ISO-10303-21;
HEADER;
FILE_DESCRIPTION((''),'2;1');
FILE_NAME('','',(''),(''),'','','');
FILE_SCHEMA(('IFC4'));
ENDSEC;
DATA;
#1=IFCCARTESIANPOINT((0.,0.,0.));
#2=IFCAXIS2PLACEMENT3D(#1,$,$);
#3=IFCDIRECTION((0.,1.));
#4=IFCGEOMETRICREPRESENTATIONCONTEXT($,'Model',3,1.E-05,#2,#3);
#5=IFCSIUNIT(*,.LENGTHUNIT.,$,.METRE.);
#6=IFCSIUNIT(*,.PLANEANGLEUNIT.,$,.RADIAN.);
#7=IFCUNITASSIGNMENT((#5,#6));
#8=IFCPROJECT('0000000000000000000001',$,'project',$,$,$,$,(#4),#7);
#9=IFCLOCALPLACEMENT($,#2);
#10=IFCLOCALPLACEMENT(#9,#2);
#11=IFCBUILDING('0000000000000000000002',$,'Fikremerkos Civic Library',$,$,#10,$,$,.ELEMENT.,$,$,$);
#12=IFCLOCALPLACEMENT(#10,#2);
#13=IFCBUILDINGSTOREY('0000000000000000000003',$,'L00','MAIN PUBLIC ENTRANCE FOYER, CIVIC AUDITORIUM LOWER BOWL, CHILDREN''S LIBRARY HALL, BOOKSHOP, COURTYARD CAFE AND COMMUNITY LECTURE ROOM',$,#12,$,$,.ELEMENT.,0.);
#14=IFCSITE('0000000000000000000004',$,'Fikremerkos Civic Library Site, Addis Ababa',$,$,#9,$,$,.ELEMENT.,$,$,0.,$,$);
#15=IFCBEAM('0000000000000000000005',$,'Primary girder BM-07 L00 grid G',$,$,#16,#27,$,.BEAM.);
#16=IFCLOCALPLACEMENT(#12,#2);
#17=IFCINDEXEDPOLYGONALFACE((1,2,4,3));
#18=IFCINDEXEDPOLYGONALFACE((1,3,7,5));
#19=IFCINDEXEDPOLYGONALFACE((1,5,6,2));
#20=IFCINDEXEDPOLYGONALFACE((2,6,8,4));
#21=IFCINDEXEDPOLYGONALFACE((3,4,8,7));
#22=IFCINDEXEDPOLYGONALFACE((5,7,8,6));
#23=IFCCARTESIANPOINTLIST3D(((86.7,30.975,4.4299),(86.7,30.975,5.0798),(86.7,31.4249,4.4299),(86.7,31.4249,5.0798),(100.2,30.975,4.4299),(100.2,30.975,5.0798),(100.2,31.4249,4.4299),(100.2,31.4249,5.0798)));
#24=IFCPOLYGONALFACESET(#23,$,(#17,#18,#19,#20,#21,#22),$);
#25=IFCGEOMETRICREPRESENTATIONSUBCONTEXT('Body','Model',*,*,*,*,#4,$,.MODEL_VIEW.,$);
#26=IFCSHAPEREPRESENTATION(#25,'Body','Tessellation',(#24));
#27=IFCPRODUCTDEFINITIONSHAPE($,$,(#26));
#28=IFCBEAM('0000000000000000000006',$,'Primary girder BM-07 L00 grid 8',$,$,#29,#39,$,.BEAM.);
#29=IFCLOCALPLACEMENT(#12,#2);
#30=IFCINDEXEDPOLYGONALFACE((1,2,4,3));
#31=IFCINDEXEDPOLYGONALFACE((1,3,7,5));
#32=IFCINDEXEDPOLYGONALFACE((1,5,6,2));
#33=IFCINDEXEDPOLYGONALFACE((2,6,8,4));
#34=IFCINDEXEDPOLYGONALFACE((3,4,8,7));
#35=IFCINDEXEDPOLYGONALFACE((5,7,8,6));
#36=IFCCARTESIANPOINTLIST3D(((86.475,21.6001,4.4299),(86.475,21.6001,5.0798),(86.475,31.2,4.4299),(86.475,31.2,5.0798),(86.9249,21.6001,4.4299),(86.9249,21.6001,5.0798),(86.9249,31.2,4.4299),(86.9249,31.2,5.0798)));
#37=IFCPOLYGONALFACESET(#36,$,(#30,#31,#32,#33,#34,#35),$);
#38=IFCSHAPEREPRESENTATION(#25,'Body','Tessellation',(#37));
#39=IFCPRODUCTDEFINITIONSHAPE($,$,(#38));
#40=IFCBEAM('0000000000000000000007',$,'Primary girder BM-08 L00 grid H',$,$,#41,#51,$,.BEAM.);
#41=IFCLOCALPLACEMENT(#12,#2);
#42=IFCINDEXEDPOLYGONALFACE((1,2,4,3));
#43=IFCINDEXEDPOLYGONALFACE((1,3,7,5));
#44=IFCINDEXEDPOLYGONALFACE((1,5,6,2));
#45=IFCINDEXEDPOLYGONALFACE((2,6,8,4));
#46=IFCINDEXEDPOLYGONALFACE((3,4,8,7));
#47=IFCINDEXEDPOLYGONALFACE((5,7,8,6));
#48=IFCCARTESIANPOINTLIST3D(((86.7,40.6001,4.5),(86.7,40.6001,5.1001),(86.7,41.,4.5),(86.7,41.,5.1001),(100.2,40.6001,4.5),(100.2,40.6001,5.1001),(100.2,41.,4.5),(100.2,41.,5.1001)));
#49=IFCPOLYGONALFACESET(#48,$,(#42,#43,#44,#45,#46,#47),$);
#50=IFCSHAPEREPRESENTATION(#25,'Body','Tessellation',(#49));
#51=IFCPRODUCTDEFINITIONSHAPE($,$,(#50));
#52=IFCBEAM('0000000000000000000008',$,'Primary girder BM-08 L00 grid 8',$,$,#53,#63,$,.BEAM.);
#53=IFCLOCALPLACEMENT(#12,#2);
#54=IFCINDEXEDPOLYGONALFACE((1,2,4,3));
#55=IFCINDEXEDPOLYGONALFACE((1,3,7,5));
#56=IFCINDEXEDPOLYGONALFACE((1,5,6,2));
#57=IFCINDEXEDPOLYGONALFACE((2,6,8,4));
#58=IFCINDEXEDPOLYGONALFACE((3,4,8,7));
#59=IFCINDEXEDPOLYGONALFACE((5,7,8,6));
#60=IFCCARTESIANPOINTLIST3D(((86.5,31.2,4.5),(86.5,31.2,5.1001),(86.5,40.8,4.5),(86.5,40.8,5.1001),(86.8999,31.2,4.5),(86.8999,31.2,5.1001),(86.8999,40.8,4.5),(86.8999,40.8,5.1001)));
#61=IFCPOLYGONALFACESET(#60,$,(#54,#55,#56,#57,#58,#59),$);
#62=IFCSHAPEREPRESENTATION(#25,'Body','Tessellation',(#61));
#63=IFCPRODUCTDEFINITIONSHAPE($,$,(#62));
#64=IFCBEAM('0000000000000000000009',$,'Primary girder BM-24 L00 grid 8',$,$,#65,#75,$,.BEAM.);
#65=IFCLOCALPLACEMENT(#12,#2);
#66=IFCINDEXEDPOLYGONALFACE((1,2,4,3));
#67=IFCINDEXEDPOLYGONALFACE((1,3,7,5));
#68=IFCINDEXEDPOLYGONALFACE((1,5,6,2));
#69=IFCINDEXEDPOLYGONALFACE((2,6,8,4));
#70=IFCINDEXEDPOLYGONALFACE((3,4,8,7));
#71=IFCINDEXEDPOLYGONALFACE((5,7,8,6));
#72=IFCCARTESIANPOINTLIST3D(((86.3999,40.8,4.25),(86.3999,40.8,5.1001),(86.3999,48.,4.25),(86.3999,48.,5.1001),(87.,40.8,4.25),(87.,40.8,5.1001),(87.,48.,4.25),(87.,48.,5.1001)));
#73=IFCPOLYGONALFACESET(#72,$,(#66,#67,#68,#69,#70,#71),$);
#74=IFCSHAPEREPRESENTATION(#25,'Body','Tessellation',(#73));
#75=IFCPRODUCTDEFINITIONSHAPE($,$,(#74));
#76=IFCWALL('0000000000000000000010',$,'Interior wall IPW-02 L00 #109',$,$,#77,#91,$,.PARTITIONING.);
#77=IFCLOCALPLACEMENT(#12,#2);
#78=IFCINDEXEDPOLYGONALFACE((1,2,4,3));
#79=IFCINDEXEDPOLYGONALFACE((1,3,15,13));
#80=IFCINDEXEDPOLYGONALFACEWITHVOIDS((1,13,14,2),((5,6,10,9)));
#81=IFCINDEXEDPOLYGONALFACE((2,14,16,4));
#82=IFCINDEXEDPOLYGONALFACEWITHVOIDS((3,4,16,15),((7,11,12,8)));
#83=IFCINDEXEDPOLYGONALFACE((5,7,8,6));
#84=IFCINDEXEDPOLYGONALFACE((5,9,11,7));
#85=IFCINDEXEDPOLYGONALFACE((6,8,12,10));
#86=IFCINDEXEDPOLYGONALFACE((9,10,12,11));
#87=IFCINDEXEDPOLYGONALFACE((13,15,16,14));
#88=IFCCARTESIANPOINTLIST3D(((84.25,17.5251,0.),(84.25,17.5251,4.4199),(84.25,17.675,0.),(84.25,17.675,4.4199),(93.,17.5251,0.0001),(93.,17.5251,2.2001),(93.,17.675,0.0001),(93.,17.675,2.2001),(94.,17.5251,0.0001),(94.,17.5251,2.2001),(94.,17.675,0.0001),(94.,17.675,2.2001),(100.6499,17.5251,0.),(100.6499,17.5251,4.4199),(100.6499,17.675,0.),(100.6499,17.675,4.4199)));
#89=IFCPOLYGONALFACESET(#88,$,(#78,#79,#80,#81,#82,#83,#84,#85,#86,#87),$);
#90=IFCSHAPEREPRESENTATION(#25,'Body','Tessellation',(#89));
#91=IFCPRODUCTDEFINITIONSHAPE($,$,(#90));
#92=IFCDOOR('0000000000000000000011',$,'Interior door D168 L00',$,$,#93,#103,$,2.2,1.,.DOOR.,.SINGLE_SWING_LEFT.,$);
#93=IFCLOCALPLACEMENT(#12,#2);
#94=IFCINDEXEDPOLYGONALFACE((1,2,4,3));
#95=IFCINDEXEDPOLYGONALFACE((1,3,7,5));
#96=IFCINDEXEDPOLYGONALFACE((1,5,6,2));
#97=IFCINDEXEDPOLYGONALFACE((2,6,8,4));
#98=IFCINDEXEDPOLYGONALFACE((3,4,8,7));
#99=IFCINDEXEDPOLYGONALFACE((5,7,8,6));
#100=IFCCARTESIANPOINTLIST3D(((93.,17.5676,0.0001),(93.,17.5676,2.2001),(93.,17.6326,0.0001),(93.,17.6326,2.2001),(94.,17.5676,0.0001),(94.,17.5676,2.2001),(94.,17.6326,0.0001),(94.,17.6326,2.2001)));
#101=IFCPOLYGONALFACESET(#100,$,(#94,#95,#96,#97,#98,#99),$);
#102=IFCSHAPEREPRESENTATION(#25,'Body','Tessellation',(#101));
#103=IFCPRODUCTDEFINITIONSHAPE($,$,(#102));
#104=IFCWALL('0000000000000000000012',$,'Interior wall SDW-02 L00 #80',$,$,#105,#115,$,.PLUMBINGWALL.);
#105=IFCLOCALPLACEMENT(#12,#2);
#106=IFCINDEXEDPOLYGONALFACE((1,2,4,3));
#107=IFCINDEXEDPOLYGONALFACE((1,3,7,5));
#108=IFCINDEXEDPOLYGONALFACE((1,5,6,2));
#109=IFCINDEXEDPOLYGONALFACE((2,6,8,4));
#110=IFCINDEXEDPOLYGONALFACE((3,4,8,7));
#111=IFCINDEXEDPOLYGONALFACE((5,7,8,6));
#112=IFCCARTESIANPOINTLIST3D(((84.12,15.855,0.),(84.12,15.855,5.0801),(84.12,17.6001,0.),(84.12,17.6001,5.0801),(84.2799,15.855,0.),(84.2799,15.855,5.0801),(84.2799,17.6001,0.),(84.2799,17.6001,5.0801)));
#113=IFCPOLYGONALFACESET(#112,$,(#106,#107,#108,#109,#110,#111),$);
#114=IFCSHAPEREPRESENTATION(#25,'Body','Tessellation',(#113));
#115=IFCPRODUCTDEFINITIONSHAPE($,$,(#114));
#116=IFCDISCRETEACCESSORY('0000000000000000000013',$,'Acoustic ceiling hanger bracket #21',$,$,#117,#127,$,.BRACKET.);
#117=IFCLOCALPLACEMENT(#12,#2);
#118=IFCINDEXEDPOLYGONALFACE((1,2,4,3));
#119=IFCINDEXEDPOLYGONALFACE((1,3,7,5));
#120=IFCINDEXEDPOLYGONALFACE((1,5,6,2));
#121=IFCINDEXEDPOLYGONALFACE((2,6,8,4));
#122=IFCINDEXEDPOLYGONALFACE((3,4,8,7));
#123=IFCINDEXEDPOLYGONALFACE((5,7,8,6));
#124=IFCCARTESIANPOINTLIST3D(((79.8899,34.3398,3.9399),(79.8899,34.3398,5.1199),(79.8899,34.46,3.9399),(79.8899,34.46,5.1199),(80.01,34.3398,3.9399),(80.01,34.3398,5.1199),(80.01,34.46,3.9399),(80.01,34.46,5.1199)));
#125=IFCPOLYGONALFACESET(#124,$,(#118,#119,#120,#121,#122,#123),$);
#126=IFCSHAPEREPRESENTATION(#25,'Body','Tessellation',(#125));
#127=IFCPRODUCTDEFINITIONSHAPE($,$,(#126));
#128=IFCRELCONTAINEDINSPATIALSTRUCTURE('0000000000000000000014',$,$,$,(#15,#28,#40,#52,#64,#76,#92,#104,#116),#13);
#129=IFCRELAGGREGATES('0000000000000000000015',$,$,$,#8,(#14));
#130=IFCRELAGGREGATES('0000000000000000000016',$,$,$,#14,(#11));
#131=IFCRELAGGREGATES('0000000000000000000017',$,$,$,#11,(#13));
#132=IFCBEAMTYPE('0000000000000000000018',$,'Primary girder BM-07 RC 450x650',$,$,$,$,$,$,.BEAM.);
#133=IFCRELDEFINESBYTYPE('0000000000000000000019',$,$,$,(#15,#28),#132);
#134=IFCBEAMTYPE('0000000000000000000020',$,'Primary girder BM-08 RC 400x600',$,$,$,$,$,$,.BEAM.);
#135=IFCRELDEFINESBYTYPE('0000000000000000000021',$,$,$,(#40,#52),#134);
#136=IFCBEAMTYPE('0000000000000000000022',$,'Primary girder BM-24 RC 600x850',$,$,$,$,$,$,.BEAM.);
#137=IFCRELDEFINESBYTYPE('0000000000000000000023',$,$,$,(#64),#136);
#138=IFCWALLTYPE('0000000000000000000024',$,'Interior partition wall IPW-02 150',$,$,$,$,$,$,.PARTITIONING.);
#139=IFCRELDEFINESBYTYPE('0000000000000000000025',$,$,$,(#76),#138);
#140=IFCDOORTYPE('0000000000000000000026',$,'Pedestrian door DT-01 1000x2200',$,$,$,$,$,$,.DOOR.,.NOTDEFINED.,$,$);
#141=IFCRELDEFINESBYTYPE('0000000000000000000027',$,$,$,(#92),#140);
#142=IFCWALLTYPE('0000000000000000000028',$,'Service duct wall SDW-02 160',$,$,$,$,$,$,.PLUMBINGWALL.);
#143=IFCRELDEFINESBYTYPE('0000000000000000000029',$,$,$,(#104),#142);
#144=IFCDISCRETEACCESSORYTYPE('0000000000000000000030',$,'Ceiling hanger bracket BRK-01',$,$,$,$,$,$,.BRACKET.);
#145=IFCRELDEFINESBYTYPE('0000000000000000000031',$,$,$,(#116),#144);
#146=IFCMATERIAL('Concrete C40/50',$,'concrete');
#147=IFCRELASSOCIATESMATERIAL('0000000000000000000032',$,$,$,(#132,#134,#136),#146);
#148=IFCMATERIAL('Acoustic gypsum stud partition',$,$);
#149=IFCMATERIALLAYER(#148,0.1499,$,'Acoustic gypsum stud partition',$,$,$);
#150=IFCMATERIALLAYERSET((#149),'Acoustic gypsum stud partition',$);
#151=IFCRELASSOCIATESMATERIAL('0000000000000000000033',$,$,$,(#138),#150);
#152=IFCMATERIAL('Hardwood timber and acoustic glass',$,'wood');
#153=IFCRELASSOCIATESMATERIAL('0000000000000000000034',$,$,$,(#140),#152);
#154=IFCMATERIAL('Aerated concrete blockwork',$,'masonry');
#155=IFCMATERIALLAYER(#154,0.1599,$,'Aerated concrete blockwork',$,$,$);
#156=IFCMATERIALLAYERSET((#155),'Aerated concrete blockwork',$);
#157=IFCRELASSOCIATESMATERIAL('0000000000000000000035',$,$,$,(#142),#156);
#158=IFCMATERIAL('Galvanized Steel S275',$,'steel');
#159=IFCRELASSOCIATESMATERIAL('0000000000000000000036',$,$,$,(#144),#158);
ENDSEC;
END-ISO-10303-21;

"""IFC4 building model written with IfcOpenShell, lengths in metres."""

from ifc_helpers import new_model, si_unit, direction, frame, frame_2d, origin, origin_2d, place, context, subcontext, project, spatial, rectangle, extrude, material, layer, layer_set, material_profile, profile_set, type_object, element, fill, save


model = new_model("IFC4")

# Units and contexts
model_context = context("Model", 3, precision=1e-05, world=origin(), true_north=direction((0.0, 1.0)))
body_context = subcontext(model_context, "Body", "Model", "MODEL_VIEW")
ifc_project = project(units=[si_unit("LENGTHUNIT", "METRE"), si_unit("PLANEANGLEUNIT", "RADIAN")], contexts=[model_context])

# Site, building, storey
site_placement = place(None, origin())
site = spatial("IfcSite", under=ifc_project, at=site_placement, Name="Fikremerkos Civic Library Site, Addis Ababa", CompositionType="ELEMENT", RefElevation=0.0)
building_placement = place(site_placement, origin())
building = spatial("IfcBuilding", under=site, at=building_placement, Name="Fikremerkos Civic Library", CompositionType="ELEMENT")
storey_placement = place(building_placement, origin())
storey = spatial("IfcBuildingStorey", under=building, at=storey_placement, Name="L00", Description="MAIN PUBLIC ENTRANCE FOYER, CIVIC AUDITORIUM LOWER BOWL, CHILDREN'S LIBRARY HALL, BOOKSHOP, COURTYARD CAFE AND COMMUNITY LECTURE ROOM", CompositionType="ELEMENT", Elevation=0.0)

# Shared definitions
ifc_material_1 = material(Name="Concrete C40/50", Category="concrete")

# Beams
ifc_material_profile_1 = material_profile(ifc_material_1, rectangle(XDim=0.45, YDim=0.6499, at=origin_2d()), Name="RC 450x650")
ifc_profile_set_1 = profile_set([ifc_material_profile_1], Name="Concrete C40/50")
beam_type_1 = type_object("IfcBeamType", Name="Primary girder BM-07 RC 450x650", PredefinedType="BEAM", material=ifc_profile_set_1)
beam_1_placement = place(storey_placement, frame((86.7, 31.2, 4.7549), z_axis=(1.0, 0.0, 0.0), x_axis=(0.0, 1.0, 0.0)))
element("IfcBeam", 1, at=beam_1_placement, inside=storey, type_object=beam_type_1, Name="Primary girder BM-07 L00 grid G", PredefinedType="BEAM", context=body_context, shape_type="SweptSolid", body=[
    extrude(rectangle(XDim=0.45, YDim=0.6499, at=origin_2d()), origin(), (0.0, 0.0, 1.0), 13.5),
])
beam_2_placement = place(storey_placement, frame((86.7, 21.6001, 4.7549), z_axis=(0.0, 1.0, 0.0), x_axis=(-1.0, 0.0, 0.0)))
element("IfcBeam", 2, at=beam_2_placement, inside=storey, type_object=beam_type_1, Name="Primary girder BM-07 L00 grid 8", PredefinedType="BEAM", context=body_context, shape_type="SweptSolid", body=[
    extrude(rectangle(XDim=0.45, YDim=0.6499, at=origin_2d()), origin(), (0.0, 0.0, 1.0), 9.5999),
])
ifc_material_profile_2 = material_profile(ifc_material_1, rectangle(XDim=0.3999, YDim=0.6001, at=origin_2d()), Name="RC 400x600")
ifc_profile_set_2 = profile_set([ifc_material_profile_2], Name="Concrete C40/50")
beam_type_2 = type_object("IfcBeamType", Name="Primary girder BM-08 RC 400x600", PredefinedType="BEAM", material=ifc_profile_set_2)
beam_3_placement = place(storey_placement, frame((86.7, 40.8, 4.8), z_axis=(1.0, 0.0, 0.0), x_axis=(0.0, 1.0, 0.0)))
element("IfcBeam", 3, at=beam_3_placement, inside=storey, type_object=beam_type_2, Name="Primary girder BM-08 L00 grid H", PredefinedType="BEAM", context=body_context, shape_type="SweptSolid", body=[
    extrude(rectangle(XDim=0.3999, YDim=0.6001, at=origin_2d()), origin(), (0.0, 0.0, 1.0), 13.5),
])
beam_4_placement = place(storey_placement, frame((86.7, 31.2, 4.8), z_axis=(0.0, 1.0, 0.0), x_axis=(-1.0, 0.0, 0.0)))
element("IfcBeam", 4, at=beam_4_placement, inside=storey, type_object=beam_type_2, Name="Primary girder BM-08 L00 grid 8", PredefinedType="BEAM", context=body_context, shape_type="SweptSolid", body=[
    extrude(rectangle(XDim=0.3999, YDim=0.6001, at=origin_2d()), origin(), (0.0, 0.0, 1.0), 9.6001),
])
ifc_material_profile_3 = material_profile(ifc_material_1, rectangle(XDim=0.6001, YDim=0.8501, at=origin_2d()), Name="RC 600x850")
ifc_profile_set_3 = profile_set([ifc_material_profile_3], Name="Concrete C40/50")
beam_type_3 = type_object("IfcBeamType", Name="Primary girder BM-24 RC 600x850", PredefinedType="BEAM", material=ifc_profile_set_3)
beam_5_placement = place(storey_placement, frame((86.7, 40.8, 4.675), z_axis=(0.0, 1.0, 0.0), x_axis=(-1.0, 0.0, 0.0)))
element("IfcBeam", 5, at=beam_5_placement, inside=storey, type_object=beam_type_3, Name="Primary girder BM-24 L00 grid 8", PredefinedType="BEAM", context=body_context, shape_type="SweptSolid", body=[
    extrude(rectangle(XDim=0.6001, YDim=0.8501, at=origin_2d()), origin(), (0.0, 0.0, 1.0), 7.2),
])

# Wall, opening, door
ifc_material_2 = material(Name="Acoustic gypsum stud partition")
ifc_layer_1 = layer(ifc_material_2, 0.1499, Name="Acoustic gypsum stud partition")
ifc_layer_set_1 = layer_set([ifc_layer_1], Name="Acoustic gypsum stud partition")
wall_type_1 = type_object("IfcWallType", Name="Interior partition wall IPW-02 150", PredefinedType="PARTITIONING", material=ifc_layer_set_1)
wall_1_placement = place(storey_placement, frame((84.25, 17.6001, 0.0), z_axis=(0.0, 0.0, 1.0), x_axis=(1.0, 0.0, 0.0)))
wall_1 = element("IfcWall", 6, at=wall_1_placement, inside=storey, type_object=wall_type_1, Name="Interior wall IPW-02 L00 #109", PredefinedType="PARTITIONING", context=body_context, shape_type="SweptSolid", body=[
    extrude(rectangle(XDim=16.3999, YDim=0.1499, at=frame_2d((8.2, 0.0))), origin(), (0.0, 0.0, 1.0), 4.4199),
])
opening_placement = place(wall_1_placement, frame((8.75, 0.0, 0.0)))
opening = element("IfcOpeningElement", 7, at=opening_placement, cuts=wall_1, PredefinedType="OPENING", context=body_context, shape_type="SweptSolid", body=[
    extrude(rectangle(XDim=1.0, YDim=2.2, at=frame_2d((0.5, 1.1001))), frame((0.0, 0.085, 0.0), z_axis=(0.0, -1.0, 0.0), x_axis=(1.0, 0.0, 0.0)), (0.0, 0.0, 1.0), 0.1699),
])
ifc_material_3 = material(Name="Hardwood timber and acoustic glass", Category="wood")
door_type = type_object("IfcDoorType", Name="Pedestrian door DT-01 1000x2200", OperationType="NOTDEFINED", PredefinedType="DOOR", material=ifc_material_3)
door_placement = place(opening_placement, origin())
door = element("IfcDoor", 8, at=door_placement, inside=storey, type_object=door_type, Name="Interior door D168 L00", OperationType="SINGLE_SWING_LEFT", OverallHeight=2.2, OverallWidth=1.0, PredefinedType="DOOR", context=body_context, shape_type="SweptSolid", body=[
    extrude(rectangle(XDim=1.0, YDim=2.2, at=frame_2d((0.5, 1.1001))), frame((0.0, 0.0325, 0.0), z_axis=(0.0, -1.0, 0.0), x_axis=(1.0, 0.0, 0.0)), (0.0, 0.0, 1.0), 0.0649),
])
fill(opening, door)

# Wall
ifc_material_4 = material(Name="Aerated concrete blockwork", Category="masonry")
ifc_layer_2 = layer(ifc_material_4, 0.1599, Name="Aerated concrete blockwork")
ifc_layer_set_2 = layer_set([ifc_layer_2], Name="Aerated concrete blockwork")
wall_type_2 = type_object("IfcWallType", Name="Service duct wall SDW-02 160", PredefinedType="PLUMBINGWALL", material=ifc_layer_set_2)
wall_2_placement = place(storey_placement, frame((84.2, 15.855, 0.0), z_axis=(0.0, 0.0, 1.0), x_axis=(0.0, 1.0, 0.0)))
element("IfcWall", 9, at=wall_2_placement, inside=storey, type_object=wall_type_2, Name="Interior wall SDW-02 L00 #80", PredefinedType="PLUMBINGWALL", context=body_context, shape_type="SweptSolid", body=[
    extrude(rectangle(XDim=1.7451, YDim=0.1599, at=frame_2d((0.8726, 0.0))), origin(), (0.0, 0.0, 1.0), 5.0801),
])

# Discrete accessory
ifc_material_5 = material(Name="Galvanized Steel S275", Category="steel")
discrete_accessory_type = type_object("IfcDiscreteAccessoryType", Name="Ceiling hanger bracket BRK-01", PredefinedType="BRACKET", material=ifc_material_5)
discrete_accessory_placement = place(storey_placement, frame((79.95, 34.3999, 3.9399), z_axis=(0.0, 0.0, 1.0), x_axis=(1.0, 0.0, 0.0)))
element("IfcDiscreteAccessory", 10, at=discrete_accessory_placement, inside=storey, type_object=discrete_accessory_type, Name="Acoustic ceiling hanger bracket #21", PredefinedType="BRACKET", context=body_context, shape_type="SweptSolid", body=[
    extrude(rectangle(XDim=0.1201, YDim=0.1201, at=origin_2d()), origin(), (0.0, 0.0, 1.0), 1.1799),
])

save(model, "model.ifc")
